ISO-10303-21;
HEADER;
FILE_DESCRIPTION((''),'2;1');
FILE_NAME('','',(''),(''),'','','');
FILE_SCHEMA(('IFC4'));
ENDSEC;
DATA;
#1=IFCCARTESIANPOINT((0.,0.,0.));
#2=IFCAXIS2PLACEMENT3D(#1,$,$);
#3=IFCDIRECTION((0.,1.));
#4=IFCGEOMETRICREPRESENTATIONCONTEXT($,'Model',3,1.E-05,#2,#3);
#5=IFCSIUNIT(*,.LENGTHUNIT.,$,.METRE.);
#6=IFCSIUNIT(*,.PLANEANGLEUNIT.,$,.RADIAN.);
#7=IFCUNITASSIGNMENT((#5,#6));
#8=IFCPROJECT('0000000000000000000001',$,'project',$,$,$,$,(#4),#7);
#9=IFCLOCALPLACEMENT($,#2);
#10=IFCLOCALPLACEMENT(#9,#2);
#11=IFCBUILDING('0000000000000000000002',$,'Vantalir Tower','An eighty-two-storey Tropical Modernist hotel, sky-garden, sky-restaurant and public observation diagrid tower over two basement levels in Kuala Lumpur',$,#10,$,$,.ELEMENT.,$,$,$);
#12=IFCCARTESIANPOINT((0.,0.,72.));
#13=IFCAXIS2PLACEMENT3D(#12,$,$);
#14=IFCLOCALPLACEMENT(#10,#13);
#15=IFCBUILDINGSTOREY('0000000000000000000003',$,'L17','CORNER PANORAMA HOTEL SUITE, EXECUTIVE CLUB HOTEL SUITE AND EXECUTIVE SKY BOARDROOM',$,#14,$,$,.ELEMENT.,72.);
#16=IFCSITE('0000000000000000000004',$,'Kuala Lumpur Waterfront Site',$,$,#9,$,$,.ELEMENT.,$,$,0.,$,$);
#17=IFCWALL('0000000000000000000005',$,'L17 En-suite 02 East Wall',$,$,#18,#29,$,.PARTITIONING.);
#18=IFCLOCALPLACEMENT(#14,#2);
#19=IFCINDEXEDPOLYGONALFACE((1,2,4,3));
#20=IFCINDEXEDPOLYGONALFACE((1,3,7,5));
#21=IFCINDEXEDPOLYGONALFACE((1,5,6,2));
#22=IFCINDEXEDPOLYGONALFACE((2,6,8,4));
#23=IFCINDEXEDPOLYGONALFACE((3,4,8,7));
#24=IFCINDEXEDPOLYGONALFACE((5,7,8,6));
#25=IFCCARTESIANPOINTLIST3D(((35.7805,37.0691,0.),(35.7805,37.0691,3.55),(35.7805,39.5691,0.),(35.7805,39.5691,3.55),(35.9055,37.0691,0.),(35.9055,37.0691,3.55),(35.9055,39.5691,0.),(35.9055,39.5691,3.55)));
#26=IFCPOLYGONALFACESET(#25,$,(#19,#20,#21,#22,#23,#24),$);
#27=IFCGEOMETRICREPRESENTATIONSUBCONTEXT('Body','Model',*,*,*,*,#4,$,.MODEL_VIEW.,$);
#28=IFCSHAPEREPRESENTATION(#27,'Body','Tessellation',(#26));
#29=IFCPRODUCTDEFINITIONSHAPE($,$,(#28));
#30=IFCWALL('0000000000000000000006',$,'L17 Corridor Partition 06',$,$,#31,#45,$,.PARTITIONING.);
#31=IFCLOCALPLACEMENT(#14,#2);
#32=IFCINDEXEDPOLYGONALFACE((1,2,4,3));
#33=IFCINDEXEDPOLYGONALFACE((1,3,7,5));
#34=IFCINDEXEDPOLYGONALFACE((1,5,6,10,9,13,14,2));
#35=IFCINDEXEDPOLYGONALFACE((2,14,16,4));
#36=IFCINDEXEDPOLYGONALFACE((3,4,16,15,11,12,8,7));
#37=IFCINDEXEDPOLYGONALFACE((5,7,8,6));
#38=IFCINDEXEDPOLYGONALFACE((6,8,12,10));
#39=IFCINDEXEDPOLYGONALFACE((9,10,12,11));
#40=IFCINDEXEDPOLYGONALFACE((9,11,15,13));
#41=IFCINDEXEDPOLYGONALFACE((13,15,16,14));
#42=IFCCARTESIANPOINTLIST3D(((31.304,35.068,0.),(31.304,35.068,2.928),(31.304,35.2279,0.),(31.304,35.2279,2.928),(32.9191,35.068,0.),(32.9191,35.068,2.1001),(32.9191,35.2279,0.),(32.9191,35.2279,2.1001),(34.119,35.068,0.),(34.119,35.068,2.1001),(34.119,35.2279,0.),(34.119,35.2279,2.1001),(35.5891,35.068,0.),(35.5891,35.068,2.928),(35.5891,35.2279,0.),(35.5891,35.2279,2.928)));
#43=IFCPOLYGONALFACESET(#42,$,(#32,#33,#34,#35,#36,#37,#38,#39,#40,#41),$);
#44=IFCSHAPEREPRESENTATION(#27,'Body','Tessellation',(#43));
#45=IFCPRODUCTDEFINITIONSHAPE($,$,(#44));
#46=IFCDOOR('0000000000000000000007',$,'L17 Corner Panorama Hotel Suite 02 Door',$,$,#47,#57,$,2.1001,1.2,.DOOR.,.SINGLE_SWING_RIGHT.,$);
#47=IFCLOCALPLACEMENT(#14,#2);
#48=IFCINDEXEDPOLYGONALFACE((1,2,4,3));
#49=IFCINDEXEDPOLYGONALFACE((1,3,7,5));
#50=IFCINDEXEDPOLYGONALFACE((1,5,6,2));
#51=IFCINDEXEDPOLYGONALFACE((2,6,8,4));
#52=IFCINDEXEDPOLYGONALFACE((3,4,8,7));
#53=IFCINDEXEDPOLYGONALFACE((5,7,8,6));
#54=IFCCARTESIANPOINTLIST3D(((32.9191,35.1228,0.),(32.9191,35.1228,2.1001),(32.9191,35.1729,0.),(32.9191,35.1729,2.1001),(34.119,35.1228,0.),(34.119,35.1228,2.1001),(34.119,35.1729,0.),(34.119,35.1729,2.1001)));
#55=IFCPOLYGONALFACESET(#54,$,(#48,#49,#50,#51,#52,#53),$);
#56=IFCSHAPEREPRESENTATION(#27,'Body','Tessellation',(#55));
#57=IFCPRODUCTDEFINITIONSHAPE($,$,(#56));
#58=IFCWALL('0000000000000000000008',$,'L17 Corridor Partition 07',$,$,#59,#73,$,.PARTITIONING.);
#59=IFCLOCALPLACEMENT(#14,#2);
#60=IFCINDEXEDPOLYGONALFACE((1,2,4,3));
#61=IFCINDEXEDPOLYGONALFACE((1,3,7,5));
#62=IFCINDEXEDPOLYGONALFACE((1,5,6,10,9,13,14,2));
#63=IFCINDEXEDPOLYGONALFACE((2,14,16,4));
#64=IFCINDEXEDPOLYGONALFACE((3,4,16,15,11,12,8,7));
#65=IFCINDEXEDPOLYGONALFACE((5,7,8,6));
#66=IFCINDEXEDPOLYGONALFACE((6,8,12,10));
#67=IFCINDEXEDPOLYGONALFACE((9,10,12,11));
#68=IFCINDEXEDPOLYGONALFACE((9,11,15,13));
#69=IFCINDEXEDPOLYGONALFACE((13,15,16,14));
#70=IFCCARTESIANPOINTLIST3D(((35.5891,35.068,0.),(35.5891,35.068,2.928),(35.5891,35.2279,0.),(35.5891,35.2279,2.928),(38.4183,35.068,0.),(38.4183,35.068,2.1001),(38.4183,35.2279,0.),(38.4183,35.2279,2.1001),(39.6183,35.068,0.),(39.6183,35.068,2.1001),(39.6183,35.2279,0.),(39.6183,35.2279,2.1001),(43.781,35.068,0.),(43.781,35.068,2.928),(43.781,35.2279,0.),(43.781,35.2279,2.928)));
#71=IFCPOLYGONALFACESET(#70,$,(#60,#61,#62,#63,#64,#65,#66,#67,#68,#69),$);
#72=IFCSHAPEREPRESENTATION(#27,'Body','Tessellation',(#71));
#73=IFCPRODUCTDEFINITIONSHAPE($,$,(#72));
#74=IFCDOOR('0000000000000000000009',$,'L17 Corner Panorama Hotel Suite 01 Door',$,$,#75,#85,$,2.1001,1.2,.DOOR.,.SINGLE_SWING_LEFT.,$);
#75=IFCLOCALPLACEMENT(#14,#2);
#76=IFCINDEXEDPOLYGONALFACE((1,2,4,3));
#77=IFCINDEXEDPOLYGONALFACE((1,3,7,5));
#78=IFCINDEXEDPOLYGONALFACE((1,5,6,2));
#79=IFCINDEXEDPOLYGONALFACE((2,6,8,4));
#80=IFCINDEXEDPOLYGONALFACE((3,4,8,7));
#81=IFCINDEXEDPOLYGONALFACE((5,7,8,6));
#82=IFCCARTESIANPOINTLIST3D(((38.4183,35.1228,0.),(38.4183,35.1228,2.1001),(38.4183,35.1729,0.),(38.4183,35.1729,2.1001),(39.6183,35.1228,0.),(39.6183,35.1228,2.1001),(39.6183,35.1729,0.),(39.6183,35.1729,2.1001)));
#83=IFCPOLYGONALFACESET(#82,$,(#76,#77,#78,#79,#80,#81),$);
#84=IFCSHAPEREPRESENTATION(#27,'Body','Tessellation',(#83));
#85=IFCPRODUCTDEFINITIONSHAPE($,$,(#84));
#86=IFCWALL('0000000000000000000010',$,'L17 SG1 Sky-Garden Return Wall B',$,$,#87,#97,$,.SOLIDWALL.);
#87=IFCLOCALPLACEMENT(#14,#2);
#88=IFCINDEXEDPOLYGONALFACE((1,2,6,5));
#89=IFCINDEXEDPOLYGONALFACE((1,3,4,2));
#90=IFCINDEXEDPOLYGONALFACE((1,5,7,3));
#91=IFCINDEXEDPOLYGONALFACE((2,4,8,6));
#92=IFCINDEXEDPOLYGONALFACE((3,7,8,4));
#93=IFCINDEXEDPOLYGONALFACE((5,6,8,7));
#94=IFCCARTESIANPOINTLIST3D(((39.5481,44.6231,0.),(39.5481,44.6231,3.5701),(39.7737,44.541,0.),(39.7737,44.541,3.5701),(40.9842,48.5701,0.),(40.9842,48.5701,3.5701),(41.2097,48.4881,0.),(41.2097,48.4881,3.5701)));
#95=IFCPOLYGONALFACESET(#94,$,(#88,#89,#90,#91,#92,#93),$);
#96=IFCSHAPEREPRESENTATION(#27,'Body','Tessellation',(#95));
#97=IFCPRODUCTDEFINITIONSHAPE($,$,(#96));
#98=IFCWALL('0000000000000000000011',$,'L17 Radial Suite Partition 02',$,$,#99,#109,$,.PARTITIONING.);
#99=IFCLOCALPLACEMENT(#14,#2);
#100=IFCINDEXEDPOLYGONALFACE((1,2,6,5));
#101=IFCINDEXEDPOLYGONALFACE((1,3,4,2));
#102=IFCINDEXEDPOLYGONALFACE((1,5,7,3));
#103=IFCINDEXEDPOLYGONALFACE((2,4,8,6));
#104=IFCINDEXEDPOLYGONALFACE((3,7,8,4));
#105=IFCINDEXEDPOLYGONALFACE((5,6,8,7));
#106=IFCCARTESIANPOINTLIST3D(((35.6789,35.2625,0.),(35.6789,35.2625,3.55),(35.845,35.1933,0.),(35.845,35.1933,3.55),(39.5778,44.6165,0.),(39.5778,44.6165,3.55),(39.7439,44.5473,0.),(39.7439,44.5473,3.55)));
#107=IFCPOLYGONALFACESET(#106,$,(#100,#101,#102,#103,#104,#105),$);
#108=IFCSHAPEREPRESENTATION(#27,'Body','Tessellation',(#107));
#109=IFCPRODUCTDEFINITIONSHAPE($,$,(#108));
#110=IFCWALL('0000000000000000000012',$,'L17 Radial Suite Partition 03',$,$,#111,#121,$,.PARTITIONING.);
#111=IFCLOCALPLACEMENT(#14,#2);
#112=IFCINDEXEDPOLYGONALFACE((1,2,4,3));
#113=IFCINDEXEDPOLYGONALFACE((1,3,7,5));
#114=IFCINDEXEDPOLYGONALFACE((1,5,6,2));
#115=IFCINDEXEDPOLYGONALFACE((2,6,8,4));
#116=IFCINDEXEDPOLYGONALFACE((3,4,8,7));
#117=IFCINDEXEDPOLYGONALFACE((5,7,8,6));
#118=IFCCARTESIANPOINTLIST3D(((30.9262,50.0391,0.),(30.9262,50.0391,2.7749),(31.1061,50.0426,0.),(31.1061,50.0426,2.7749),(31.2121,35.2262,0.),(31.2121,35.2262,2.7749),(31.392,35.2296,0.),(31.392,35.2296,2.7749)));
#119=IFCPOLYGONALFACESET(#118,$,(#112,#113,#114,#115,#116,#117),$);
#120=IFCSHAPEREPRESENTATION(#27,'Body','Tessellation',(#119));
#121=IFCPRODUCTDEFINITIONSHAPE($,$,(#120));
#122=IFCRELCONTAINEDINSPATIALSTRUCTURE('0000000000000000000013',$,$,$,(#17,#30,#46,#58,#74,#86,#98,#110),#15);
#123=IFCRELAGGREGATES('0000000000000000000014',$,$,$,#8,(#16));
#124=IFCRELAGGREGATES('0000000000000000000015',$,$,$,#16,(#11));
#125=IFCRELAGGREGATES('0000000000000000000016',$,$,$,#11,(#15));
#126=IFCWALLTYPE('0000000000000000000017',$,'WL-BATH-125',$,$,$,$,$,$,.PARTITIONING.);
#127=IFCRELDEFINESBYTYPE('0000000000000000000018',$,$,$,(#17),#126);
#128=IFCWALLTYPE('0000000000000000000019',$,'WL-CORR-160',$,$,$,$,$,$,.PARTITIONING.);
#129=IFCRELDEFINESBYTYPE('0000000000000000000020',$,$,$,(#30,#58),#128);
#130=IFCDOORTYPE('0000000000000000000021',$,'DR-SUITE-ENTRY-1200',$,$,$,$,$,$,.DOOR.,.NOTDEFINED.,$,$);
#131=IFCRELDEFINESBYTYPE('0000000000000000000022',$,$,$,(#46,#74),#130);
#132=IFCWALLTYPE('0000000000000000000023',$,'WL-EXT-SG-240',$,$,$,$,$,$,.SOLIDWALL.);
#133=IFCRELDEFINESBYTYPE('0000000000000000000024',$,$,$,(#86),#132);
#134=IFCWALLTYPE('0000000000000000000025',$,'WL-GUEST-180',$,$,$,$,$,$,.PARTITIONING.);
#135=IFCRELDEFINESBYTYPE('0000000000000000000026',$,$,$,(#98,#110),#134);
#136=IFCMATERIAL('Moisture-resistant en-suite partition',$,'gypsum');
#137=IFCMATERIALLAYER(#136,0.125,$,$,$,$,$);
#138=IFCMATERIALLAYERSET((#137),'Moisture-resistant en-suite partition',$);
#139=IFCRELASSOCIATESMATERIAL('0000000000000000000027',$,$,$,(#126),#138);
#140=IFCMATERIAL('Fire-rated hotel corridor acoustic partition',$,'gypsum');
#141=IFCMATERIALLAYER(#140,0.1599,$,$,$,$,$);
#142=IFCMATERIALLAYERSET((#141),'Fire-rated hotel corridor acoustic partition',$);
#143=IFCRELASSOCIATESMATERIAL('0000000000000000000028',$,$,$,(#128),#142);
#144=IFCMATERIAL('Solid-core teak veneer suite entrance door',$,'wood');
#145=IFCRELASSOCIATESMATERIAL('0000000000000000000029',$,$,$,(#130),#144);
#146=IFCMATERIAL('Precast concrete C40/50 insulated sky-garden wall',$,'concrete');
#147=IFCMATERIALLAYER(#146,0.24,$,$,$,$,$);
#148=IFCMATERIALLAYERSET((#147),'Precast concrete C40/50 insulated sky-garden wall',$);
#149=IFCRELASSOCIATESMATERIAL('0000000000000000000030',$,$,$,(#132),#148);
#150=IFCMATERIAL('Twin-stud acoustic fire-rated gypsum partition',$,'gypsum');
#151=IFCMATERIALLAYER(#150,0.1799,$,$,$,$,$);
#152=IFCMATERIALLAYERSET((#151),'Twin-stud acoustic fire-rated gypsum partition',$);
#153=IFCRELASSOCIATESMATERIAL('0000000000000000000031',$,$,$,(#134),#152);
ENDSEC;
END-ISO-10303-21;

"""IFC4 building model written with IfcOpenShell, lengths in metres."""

from ifc_helpers import new_model, si_unit, direction, frame, frame_2d, origin, place, context, subcontext, project, spatial, rectangle, extrude, material, layer, layer_set, type_object, element, fill, save


model = new_model("IFC4")

# Units and contexts
model_context = context("Model", 3, precision=1e-05, world=origin(), true_north=direction((0.0, 1.0)))
body_context = subcontext(model_context, "Body", "Model", "MODEL_VIEW")
ifc_project = project(units=[si_unit("LENGTHUNIT", "METRE"), si_unit("PLANEANGLEUNIT", "RADIAN")], contexts=[model_context])

# Site, building, storey
site_placement = place(None, origin())
site = spatial("IfcSite", under=ifc_project, at=site_placement, Name="Kuala Lumpur Waterfront Site", CompositionType="ELEMENT", RefElevation=0.0)
building_placement = place(site_placement, origin())
building = spatial("IfcBuilding", under=site, at=building_placement, Name="Vantalir Tower", Description="An eighty-two-storey Tropical Modernist hotel, sky-garden, sky-restaurant and public observation diagrid tower over two basement levels in Kuala Lumpur", CompositionType="ELEMENT")
storey_placement = place(building_placement, frame((0.0, 0.0, 72.0)))
storey = spatial("IfcBuildingStorey", under=building, at=storey_placement, Name="L17", Description="CORNER PANORAMA HOTEL SUITE, EXECUTIVE CLUB HOTEL SUITE AND EXECUTIVE SKY BOARDROOM", CompositionType="ELEMENT", Elevation=72.0)

# Shared definitions
ifc_material_1 = material(Name="Moisture-resistant en-suite partition", Category="gypsum")
ifc_layer_1 = layer(ifc_material_1, 0.125)
ifc_layer_set_1 = layer_set([ifc_layer_1], Name="Moisture-resistant en-suite partition")
wall_type_1 = type_object("IfcWallType", Name="WL-BATH-125", PredefinedType="PARTITIONING", material=ifc_layer_set_1)

# Wall
for number, where, z_axis, x_axis, name in (
    (1, (35.843, 37.0691, 0.0), (0.0, 0.0, 1.0), (0.0, 1.0, 0.0), "L17 En-suite 02 East Wall"),
):
    element("IfcWall", number, at=place(storey_placement, frame(where, z_axis=z_axis, x_axis=x_axis)), inside=storey, type_object=wall_type_1, Name=name, PredefinedType="PARTITIONING", context=body_context, shape_type="SweptSolid", body=[
        extrude(rectangle(XDim=2.5, YDim=0.125, at=frame_2d((1.25, 0.0))), origin(), (0.0, 0.0, 1.0), 3.55),
    ])

# Walls, openings, doors
ifc_material_2 = material(Name="Fire-rated hotel corridor acoustic partition", Category="gypsum")
ifc_layer_2 = layer(ifc_material_2, 0.1599)
ifc_layer_set_2 = layer_set([ifc_layer_2], Name="Fire-rated hotel corridor acoustic partition")
wall_type_2 = type_object("IfcWallType", Name="WL-CORR-160", PredefinedType="PARTITIONING", material=ifc_layer_set_2)
wall_1_placement = place(storey_placement, frame((31.304, 35.1479, 0.0), z_axis=(0.0, 0.0, 1.0), x_axis=(1.0, 0.0, 0.0)))
wall_1 = element("IfcWall", 2, at=wall_1_placement, inside=storey, type_object=wall_type_2, Name="L17 Corridor Partition 06", PredefinedType="PARTITIONING", context=body_context, shape_type="SweptSolid", body=[
    extrude(rectangle(XDim=4.2852, YDim=0.1599, at=frame_2d((2.1426, 0.0))), origin(), (0.0, 0.0, 1.0), 2.928),
])
opening_1_placement = place(wall_1_placement, frame((1.615, 0.0, 0.0)))
opening_1 = element("IfcOpeningElement", 3, at=opening_1_placement, cuts=wall_1, PredefinedType="OPENING", context=body_context, shape_type="SweptSolid", body=[
    extrude(rectangle(XDim=1.2, YDim=2.1001, at=frame_2d((0.6001, 1.05))), frame((0.0, 0.0898, 0.0), z_axis=(0.0, -1.0, 0.0), x_axis=(1.0, 0.0, 0.0)), (0.0, 0.0, 1.0), 0.1799),
])
ifc_material_3 = material(Name="Solid-core teak veneer suite entrance door", Category="wood")
door_type_1 = type_object("IfcDoorType", Name="DR-SUITE-ENTRY-1200", OperationType="NOTDEFINED", PredefinedType="DOOR", material=ifc_material_3)
door_1_placement = place(opening_1_placement, origin())
door_1 = element("IfcDoor", 4, at=door_1_placement, inside=storey, type_object=door_type_1, Name="L17 Corner Panorama Hotel Suite 02 Door", OperationType="SINGLE_SWING_RIGHT", OverallHeight=2.1001, OverallWidth=1.2, PredefinedType="DOOR", context=body_context, shape_type="SweptSolid", body=[
    extrude(rectangle(XDim=1.2, YDim=2.1001, at=frame_2d((0.6001, 1.05))), frame((0.0, 0.0249, 0.0), z_axis=(0.0, -1.0, 0.0), x_axis=(1.0, 0.0, 0.0)), (0.0, 0.0, 1.0), 0.05),
])
fill(opening_1, door_1)
wall_2_placement = place(storey_placement, frame((35.5891, 35.1479, 0.0), z_axis=(0.0, 0.0, 1.0), x_axis=(1.0, 0.0, 0.0)))
wall_2 = element("IfcWall", 5, at=wall_2_placement, inside=storey, type_object=wall_type_2, Name="L17 Corridor Partition 07", PredefinedType="PARTITIONING", context=body_context, shape_type="SweptSolid", body=[
    extrude(rectangle(XDim=8.1919, YDim=0.1599, at=frame_2d((4.0959, 0.0))), origin(), (0.0, 0.0, 1.0), 2.928),
])
opening_2_placement = place(wall_2_placement, frame((2.8291, 0.0, 0.0)))
opening_2 = element("IfcOpeningElement", 6, at=opening_2_placement, cuts=wall_2, PredefinedType="OPENING", context=body_context, shape_type="SweptSolid", body=[
    extrude(rectangle(XDim=1.2, YDim=2.1001, at=frame_2d((0.6001, 1.05))), frame((0.0, 0.0898, 0.0), z_axis=(0.0, -1.0, 0.0), x_axis=(1.0, 0.0, 0.0)), (0.0, 0.0, 1.0), 0.1799),
])
door_2_placement = place(opening_2_placement, origin())
door_2 = element("IfcDoor", 7, at=door_2_placement, inside=storey, type_object=door_type_1, Name="L17 Corner Panorama Hotel Suite 01 Door", OperationType="SINGLE_SWING_LEFT", OverallHeight=2.1001, OverallWidth=1.2, PredefinedType="DOOR", context=body_context, shape_type="SweptSolid", body=[
    extrude(rectangle(XDim=1.2, YDim=2.1001, at=frame_2d((0.6001, 1.05))), frame((0.0, 0.0249, 0.0), z_axis=(0.0, -1.0, 0.0), x_axis=(1.0, 0.0, 0.0)), (0.0, 0.0, 1.0), 0.05),
])
fill(opening_2, door_2)

# Walls
ifc_material_4 = material(Name="Precast concrete C40/50 insulated sky-garden wall", Category="concrete")
ifc_layer_3 = layer(ifc_material_4, 0.24)
ifc_layer_set_3 = layer_set([ifc_layer_3], Name="Precast concrete C40/50 insulated sky-garden wall")
wall_type_3 = type_object("IfcWallType", Name="WL-EXT-SG-240", PredefinedType="SOLIDWALL", material=ifc_layer_set_3)
wall_3_placement = place(storey_placement, frame((39.6609, 44.582, 0.0), z_axis=(0.0, 0.0, 1.0), x_axis=(0.341902, 0.939736, 0.0)))
element("IfcWall", 8, at=wall_3_placement, inside=storey, type_object=wall_type_3, Name="L17 SG1 Sky-Garden Return Wall B", PredefinedType="SOLIDWALL", context=body_context, shape_type="SweptSolid", body=[
    extrude(rectangle(XDim=4.2002, YDim=0.24, at=frame_2d((2.1001, 0.0))), origin(), (0.0, 0.0, 1.0), 3.5701),
])
ifc_material_5 = material(Name="Twin-stud acoustic fire-rated gypsum partition", Category="gypsum")
ifc_layer_4 = layer(ifc_material_5, 0.1799)
ifc_layer_set_4 = layer_set([ifc_layer_4], Name="Twin-stud acoustic fire-rated gypsum partition")
wall_type_4 = type_object("IfcWallType", Name="WL-GUEST-180", PredefinedType="PARTITIONING", material=ifc_layer_set_4)
wall_4_placement = place(storey_placement, frame((35.762, 35.228, 0.0), z_axis=(0.0, 0.0, 1.0), x_axis=(0.384735, 0.923027, 0.0)))
element("IfcWall", 9, at=wall_4_placement, inside=storey, type_object=wall_type_4, Name="L17 Radial Suite Partition 02", PredefinedType="PARTITIONING", context=body_context, shape_type="SweptSolid", body=[
    extrude(rectangle(XDim=10.134, YDim=0.1799, at=frame_2d((5.0669, 0.0))), origin(), (0.0, 0.0, 1.0), 3.55),
])
wall_5_placement = place(storey_placement, frame((31.302, 35.228, 0.0), z_axis=(0.0, 0.0, 1.0), x_axis=(-0.019296, 0.999814, 0.0)))
element("IfcWall", 10, at=wall_5_placement, inside=storey, type_object=wall_type_4, Name="L17 Radial Suite Partition 03", PredefinedType="PARTITIONING", context=body_context, shape_type="SweptSolid", body=[
    extrude(rectangle(XDim=14.8157, YDim=0.1799, at=frame_2d((7.4077, 0.0))), origin(), (0.0, 0.0, 1.0), 2.7749),
])

save(model, "model.ifc")
